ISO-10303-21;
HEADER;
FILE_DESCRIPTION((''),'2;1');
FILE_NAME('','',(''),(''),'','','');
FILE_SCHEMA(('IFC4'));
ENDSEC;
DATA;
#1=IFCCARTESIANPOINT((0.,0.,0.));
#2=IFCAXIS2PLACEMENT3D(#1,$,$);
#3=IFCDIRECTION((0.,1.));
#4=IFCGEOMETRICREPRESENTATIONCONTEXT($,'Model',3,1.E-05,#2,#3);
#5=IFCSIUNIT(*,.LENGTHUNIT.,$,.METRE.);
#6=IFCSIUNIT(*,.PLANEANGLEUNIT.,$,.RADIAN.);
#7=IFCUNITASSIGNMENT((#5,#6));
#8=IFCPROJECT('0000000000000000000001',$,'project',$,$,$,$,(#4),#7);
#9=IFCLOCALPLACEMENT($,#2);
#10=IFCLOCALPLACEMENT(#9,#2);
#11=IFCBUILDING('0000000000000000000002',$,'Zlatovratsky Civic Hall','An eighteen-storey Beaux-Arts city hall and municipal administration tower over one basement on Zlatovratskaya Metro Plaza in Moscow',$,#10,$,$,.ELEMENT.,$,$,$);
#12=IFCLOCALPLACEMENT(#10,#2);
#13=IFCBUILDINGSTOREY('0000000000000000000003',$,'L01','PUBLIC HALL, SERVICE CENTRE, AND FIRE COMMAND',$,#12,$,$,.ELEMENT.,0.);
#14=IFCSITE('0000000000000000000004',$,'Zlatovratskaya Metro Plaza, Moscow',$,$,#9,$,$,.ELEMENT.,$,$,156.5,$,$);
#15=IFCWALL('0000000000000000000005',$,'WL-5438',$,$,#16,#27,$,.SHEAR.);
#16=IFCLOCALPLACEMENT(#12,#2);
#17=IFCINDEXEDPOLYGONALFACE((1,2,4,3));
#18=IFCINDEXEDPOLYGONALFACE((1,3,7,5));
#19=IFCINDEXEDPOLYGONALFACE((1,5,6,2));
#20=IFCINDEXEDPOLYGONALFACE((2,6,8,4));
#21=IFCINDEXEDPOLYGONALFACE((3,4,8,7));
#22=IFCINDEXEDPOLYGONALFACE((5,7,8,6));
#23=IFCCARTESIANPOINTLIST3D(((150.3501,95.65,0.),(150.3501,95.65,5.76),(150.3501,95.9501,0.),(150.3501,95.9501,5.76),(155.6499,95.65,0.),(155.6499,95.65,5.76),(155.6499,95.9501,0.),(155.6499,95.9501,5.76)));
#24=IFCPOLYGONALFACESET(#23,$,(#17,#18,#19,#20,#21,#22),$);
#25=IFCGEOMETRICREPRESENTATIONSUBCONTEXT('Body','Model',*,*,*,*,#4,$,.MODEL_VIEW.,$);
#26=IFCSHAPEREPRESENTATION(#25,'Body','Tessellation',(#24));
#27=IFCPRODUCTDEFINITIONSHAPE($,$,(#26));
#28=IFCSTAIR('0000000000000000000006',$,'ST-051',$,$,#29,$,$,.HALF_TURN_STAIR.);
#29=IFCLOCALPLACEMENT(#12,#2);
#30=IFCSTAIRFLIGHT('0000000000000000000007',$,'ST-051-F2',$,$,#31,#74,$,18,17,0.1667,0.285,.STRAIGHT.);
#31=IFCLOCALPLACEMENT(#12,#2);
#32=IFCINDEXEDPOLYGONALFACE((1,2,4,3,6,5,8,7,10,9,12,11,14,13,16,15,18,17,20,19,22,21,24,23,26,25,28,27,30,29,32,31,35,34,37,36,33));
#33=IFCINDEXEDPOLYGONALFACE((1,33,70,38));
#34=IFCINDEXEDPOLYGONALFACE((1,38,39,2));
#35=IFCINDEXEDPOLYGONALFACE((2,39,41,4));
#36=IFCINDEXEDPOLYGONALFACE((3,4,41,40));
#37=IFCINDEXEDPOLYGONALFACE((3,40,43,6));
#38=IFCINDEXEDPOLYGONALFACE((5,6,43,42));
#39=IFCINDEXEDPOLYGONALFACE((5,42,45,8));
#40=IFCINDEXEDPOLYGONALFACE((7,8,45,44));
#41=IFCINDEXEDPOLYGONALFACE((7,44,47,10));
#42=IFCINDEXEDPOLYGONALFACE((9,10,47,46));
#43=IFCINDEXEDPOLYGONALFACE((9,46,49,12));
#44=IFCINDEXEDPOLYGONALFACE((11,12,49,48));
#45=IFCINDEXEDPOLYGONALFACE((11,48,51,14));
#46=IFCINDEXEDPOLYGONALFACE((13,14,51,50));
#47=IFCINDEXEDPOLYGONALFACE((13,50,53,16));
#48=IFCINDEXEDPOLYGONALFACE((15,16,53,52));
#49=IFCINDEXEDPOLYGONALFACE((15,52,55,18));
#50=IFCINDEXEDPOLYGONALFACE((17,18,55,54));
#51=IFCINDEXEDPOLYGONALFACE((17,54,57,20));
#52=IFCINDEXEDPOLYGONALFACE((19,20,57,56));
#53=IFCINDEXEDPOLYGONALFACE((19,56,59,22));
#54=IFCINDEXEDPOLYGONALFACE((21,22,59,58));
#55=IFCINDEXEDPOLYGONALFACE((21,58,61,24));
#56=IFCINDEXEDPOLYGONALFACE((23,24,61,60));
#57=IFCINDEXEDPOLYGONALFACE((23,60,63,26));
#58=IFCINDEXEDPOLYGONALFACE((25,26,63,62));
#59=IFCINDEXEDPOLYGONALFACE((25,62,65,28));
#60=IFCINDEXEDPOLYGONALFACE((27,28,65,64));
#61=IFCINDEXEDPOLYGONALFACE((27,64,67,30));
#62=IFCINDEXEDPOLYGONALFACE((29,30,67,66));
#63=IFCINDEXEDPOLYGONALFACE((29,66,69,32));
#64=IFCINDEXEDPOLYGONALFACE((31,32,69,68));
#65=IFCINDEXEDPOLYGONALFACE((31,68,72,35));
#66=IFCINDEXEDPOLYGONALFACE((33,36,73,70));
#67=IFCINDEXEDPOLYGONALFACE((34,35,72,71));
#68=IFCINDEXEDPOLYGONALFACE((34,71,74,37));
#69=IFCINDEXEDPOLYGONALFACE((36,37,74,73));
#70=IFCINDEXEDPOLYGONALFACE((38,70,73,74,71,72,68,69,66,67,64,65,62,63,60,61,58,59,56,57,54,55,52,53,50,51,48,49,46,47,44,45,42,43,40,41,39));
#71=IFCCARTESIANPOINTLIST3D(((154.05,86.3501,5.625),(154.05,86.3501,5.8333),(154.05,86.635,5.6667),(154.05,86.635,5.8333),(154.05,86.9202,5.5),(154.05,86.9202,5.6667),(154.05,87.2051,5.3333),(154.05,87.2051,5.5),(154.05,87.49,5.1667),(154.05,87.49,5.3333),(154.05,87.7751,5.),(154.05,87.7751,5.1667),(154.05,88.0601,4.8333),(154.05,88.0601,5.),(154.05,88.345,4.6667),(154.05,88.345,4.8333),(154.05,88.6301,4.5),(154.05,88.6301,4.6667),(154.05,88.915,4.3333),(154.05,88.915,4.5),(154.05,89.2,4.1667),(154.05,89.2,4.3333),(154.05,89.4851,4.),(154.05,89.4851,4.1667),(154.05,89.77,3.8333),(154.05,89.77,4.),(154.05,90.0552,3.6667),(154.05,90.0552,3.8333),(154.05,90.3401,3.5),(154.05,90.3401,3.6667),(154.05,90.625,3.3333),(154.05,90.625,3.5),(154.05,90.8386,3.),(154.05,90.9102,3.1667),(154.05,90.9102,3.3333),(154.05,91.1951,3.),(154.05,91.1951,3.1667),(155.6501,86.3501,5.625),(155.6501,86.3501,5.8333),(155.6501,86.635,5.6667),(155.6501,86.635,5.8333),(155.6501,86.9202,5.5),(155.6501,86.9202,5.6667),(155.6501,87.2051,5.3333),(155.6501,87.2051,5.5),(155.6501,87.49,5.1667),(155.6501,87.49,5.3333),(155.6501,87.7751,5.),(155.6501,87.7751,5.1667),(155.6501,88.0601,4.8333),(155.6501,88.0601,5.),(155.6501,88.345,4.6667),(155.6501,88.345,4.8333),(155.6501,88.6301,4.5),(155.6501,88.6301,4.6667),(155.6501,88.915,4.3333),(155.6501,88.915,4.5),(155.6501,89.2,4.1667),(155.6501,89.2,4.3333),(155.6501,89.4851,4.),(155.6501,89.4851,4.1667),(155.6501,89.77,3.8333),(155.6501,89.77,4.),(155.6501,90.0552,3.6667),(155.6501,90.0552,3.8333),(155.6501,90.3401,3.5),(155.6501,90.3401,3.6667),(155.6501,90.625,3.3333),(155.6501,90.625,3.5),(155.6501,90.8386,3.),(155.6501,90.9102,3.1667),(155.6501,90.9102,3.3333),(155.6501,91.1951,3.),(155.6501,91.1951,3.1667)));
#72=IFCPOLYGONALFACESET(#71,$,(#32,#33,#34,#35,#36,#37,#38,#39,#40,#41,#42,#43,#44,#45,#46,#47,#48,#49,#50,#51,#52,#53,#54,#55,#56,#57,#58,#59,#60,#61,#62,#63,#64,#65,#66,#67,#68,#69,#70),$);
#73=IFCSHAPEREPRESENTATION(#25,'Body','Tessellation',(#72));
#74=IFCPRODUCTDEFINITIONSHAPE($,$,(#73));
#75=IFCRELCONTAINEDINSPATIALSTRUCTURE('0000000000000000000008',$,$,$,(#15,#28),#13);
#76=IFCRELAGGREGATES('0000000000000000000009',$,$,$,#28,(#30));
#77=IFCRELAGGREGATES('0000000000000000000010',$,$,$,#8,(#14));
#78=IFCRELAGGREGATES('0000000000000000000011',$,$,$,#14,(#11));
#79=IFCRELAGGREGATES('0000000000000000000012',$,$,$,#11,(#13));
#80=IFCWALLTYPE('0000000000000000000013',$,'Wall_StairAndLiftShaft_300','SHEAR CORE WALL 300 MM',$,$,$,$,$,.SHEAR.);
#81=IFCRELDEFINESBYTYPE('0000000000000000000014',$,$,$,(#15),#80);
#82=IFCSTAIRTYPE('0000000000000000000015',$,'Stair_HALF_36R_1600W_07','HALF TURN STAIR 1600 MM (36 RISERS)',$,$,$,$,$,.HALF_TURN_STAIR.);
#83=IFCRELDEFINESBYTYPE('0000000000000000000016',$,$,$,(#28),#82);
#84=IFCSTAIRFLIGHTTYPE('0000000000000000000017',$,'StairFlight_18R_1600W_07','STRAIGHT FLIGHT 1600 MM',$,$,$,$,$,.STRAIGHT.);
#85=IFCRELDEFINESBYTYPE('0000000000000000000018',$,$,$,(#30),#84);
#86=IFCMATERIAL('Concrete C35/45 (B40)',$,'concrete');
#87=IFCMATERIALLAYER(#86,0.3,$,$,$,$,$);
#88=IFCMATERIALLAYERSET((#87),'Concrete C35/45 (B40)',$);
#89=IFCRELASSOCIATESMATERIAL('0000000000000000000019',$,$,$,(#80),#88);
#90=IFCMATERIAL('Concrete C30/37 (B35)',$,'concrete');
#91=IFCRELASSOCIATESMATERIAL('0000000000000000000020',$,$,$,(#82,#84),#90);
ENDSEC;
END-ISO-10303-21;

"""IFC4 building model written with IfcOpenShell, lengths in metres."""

from ifc_helpers import new_model, si_unit, direction, frame, frame_2d, origin, place, context, subcontext, project, spatial, polyline, rectangle, outline, extrude, material, layer, layer_set, type_object, element, aggregate, save


model = new_model("IFC4")

# Units and contexts
model_context = context("Model", 3, precision=1e-05, world=origin(), true_north=direction((0.0, 1.0)))
body_context = subcontext(model_context, "Body", "Model", "MODEL_VIEW")
ifc_project = project(units=[si_unit("LENGTHUNIT", "METRE"), si_unit("PLANEANGLEUNIT", "RADIAN")], contexts=[model_context])

# Site, building, storey
site_placement = place(None, origin())
site = spatial("IfcSite", under=ifc_project, at=site_placement, Name="Zlatovratskaya Metro Plaza, Moscow", CompositionType="ELEMENT", RefElevation=156.5)
building_placement = place(site_placement, origin())
building = spatial("IfcBuilding", under=site, at=building_placement, Name="Zlatovratsky Civic Hall", Description="An eighteen-storey Beaux-Arts city hall and municipal administration tower over one basement on Zlatovratskaya Metro Plaza in Moscow", CompositionType="ELEMENT")
storey_placement = place(building_placement, origin())
storey = spatial("IfcBuildingStorey", under=building, at=storey_placement, Name="L01", Description="PUBLIC HALL, SERVICE CENTRE, AND FIRE COMMAND", CompositionType="ELEMENT", Elevation=0.0)

# Shared definitions
ifc_material_1 = material(Name="Concrete C35/45 (B40)", Category="concrete")

# Wall
ifc_layer_1 = layer(ifc_material_1, 0.3)
ifc_layer_set_1 = layer_set([ifc_layer_1], Name="Concrete C35/45 (B40)")
wall_type_1 = type_object("IfcWallType", Name="Wall_StairAndLiftShaft_300", Description="SHEAR CORE WALL 300 MM", PredefinedType="SHEAR", material=ifc_layer_set_1)
wall_1_placement = place(storey_placement, frame((150.3501, 95.8, 0.0), z_axis=(0.0, 0.0, 1.0), x_axis=(1.0, 0.0, 0.0)))
element("IfcWall", 1, at=wall_1_placement, inside=storey, type_object=wall_type_1, Name="WL-5438", PredefinedType="SHEAR", context=body_context, shape_type="SweptSolid", body=[
    extrude(rectangle(XDim=5.2998, YDim=0.3, at=frame_2d((2.6499, 0.0))), origin(), (0.0, 0.0, 1.0), 5.76),
])

# Stair, stair flight
ifc_material_2 = material(Name="Concrete C30/37 (B35)", Category="concrete")
stair_type = type_object("IfcStairType", Name="Stair_HALF_36R_1600W_07", Description="HALF TURN STAIR 1600 MM (36 RISERS)", PredefinedType="HALF_TURN_STAIR", material=ifc_material_2)
stair_placement = place(storey_placement, origin())
stair = element("IfcStair", 2, at=stair_placement, inside=storey, type_object=stair_type, Name="ST-051", PredefinedType="HALF_TURN_STAIR")
stair_flight_type = type_object("IfcStairFlightType", Name="StairFlight_18R_1600W_07", Description="STRAIGHT FLIGHT 1600 MM", PredefinedType="STRAIGHT", material=ifc_material_2)
stair_flight_placement = place(storey_placement, frame((154.8501, 91.1951, 3.0), z_axis=(0.0, 0.0, 1.0), x_axis=(0.0, -1.0, 0.0)))
stair_flight = element("IfcStairFlight", 3, at=stair_flight_placement, type_object=stair_flight_type, Name="ST-051-F2", NumberOfRisers=18, NumberOfTreads=17, PredefinedType="STRAIGHT", RiserHeight=0.1667, TreadLength=0.285, context=body_context, shape_type="SweptSolid", body=[
    extrude(outline(polyline([(0.0, 0.0), (0.0, 0.1667), (0.2849, 0.1667), (0.2849, 0.3333), (0.5701, 0.3333), (0.5701, 0.5), (0.855, 0.5), (0.855, 0.6667), (1.1399, 0.6667), (1.1399, 0.8333), (1.425, 0.8333), (1.425, 1.0), (1.71, 1.0), (1.71, 1.1667), (1.9951, 1.1667), (1.9951, 1.3333), (2.28, 1.3333), (2.28, 1.5), (2.5649, 1.5), (2.5649, 1.6667), (2.8501, 1.6667), (2.8501, 1.8333), (3.135, 1.8333), (3.135, 2.0), (3.4199, 2.0), (3.4199, 2.1667), (3.7051, 2.1667), (3.7051, 2.3333), (3.99, 2.3333), (3.99, 2.5), (4.2749, 2.5), (4.2749, 2.6667), (4.5601, 2.6667), (4.5601, 2.8333), (4.845, 2.8333), (4.845, 3.0), (4.845, 2.625), (0.3564, 0.0), (0.0, 0.0)])), frame((0.0, 0.8, 0.0), z_axis=(0.0, -1.0, 0.0), x_axis=(1.0, 0.0, 0.0)), (0.0, 0.0, 1.0), 1.6001),
])
aggregate(stair, [stair_flight])

save(model, "model.ifc")
